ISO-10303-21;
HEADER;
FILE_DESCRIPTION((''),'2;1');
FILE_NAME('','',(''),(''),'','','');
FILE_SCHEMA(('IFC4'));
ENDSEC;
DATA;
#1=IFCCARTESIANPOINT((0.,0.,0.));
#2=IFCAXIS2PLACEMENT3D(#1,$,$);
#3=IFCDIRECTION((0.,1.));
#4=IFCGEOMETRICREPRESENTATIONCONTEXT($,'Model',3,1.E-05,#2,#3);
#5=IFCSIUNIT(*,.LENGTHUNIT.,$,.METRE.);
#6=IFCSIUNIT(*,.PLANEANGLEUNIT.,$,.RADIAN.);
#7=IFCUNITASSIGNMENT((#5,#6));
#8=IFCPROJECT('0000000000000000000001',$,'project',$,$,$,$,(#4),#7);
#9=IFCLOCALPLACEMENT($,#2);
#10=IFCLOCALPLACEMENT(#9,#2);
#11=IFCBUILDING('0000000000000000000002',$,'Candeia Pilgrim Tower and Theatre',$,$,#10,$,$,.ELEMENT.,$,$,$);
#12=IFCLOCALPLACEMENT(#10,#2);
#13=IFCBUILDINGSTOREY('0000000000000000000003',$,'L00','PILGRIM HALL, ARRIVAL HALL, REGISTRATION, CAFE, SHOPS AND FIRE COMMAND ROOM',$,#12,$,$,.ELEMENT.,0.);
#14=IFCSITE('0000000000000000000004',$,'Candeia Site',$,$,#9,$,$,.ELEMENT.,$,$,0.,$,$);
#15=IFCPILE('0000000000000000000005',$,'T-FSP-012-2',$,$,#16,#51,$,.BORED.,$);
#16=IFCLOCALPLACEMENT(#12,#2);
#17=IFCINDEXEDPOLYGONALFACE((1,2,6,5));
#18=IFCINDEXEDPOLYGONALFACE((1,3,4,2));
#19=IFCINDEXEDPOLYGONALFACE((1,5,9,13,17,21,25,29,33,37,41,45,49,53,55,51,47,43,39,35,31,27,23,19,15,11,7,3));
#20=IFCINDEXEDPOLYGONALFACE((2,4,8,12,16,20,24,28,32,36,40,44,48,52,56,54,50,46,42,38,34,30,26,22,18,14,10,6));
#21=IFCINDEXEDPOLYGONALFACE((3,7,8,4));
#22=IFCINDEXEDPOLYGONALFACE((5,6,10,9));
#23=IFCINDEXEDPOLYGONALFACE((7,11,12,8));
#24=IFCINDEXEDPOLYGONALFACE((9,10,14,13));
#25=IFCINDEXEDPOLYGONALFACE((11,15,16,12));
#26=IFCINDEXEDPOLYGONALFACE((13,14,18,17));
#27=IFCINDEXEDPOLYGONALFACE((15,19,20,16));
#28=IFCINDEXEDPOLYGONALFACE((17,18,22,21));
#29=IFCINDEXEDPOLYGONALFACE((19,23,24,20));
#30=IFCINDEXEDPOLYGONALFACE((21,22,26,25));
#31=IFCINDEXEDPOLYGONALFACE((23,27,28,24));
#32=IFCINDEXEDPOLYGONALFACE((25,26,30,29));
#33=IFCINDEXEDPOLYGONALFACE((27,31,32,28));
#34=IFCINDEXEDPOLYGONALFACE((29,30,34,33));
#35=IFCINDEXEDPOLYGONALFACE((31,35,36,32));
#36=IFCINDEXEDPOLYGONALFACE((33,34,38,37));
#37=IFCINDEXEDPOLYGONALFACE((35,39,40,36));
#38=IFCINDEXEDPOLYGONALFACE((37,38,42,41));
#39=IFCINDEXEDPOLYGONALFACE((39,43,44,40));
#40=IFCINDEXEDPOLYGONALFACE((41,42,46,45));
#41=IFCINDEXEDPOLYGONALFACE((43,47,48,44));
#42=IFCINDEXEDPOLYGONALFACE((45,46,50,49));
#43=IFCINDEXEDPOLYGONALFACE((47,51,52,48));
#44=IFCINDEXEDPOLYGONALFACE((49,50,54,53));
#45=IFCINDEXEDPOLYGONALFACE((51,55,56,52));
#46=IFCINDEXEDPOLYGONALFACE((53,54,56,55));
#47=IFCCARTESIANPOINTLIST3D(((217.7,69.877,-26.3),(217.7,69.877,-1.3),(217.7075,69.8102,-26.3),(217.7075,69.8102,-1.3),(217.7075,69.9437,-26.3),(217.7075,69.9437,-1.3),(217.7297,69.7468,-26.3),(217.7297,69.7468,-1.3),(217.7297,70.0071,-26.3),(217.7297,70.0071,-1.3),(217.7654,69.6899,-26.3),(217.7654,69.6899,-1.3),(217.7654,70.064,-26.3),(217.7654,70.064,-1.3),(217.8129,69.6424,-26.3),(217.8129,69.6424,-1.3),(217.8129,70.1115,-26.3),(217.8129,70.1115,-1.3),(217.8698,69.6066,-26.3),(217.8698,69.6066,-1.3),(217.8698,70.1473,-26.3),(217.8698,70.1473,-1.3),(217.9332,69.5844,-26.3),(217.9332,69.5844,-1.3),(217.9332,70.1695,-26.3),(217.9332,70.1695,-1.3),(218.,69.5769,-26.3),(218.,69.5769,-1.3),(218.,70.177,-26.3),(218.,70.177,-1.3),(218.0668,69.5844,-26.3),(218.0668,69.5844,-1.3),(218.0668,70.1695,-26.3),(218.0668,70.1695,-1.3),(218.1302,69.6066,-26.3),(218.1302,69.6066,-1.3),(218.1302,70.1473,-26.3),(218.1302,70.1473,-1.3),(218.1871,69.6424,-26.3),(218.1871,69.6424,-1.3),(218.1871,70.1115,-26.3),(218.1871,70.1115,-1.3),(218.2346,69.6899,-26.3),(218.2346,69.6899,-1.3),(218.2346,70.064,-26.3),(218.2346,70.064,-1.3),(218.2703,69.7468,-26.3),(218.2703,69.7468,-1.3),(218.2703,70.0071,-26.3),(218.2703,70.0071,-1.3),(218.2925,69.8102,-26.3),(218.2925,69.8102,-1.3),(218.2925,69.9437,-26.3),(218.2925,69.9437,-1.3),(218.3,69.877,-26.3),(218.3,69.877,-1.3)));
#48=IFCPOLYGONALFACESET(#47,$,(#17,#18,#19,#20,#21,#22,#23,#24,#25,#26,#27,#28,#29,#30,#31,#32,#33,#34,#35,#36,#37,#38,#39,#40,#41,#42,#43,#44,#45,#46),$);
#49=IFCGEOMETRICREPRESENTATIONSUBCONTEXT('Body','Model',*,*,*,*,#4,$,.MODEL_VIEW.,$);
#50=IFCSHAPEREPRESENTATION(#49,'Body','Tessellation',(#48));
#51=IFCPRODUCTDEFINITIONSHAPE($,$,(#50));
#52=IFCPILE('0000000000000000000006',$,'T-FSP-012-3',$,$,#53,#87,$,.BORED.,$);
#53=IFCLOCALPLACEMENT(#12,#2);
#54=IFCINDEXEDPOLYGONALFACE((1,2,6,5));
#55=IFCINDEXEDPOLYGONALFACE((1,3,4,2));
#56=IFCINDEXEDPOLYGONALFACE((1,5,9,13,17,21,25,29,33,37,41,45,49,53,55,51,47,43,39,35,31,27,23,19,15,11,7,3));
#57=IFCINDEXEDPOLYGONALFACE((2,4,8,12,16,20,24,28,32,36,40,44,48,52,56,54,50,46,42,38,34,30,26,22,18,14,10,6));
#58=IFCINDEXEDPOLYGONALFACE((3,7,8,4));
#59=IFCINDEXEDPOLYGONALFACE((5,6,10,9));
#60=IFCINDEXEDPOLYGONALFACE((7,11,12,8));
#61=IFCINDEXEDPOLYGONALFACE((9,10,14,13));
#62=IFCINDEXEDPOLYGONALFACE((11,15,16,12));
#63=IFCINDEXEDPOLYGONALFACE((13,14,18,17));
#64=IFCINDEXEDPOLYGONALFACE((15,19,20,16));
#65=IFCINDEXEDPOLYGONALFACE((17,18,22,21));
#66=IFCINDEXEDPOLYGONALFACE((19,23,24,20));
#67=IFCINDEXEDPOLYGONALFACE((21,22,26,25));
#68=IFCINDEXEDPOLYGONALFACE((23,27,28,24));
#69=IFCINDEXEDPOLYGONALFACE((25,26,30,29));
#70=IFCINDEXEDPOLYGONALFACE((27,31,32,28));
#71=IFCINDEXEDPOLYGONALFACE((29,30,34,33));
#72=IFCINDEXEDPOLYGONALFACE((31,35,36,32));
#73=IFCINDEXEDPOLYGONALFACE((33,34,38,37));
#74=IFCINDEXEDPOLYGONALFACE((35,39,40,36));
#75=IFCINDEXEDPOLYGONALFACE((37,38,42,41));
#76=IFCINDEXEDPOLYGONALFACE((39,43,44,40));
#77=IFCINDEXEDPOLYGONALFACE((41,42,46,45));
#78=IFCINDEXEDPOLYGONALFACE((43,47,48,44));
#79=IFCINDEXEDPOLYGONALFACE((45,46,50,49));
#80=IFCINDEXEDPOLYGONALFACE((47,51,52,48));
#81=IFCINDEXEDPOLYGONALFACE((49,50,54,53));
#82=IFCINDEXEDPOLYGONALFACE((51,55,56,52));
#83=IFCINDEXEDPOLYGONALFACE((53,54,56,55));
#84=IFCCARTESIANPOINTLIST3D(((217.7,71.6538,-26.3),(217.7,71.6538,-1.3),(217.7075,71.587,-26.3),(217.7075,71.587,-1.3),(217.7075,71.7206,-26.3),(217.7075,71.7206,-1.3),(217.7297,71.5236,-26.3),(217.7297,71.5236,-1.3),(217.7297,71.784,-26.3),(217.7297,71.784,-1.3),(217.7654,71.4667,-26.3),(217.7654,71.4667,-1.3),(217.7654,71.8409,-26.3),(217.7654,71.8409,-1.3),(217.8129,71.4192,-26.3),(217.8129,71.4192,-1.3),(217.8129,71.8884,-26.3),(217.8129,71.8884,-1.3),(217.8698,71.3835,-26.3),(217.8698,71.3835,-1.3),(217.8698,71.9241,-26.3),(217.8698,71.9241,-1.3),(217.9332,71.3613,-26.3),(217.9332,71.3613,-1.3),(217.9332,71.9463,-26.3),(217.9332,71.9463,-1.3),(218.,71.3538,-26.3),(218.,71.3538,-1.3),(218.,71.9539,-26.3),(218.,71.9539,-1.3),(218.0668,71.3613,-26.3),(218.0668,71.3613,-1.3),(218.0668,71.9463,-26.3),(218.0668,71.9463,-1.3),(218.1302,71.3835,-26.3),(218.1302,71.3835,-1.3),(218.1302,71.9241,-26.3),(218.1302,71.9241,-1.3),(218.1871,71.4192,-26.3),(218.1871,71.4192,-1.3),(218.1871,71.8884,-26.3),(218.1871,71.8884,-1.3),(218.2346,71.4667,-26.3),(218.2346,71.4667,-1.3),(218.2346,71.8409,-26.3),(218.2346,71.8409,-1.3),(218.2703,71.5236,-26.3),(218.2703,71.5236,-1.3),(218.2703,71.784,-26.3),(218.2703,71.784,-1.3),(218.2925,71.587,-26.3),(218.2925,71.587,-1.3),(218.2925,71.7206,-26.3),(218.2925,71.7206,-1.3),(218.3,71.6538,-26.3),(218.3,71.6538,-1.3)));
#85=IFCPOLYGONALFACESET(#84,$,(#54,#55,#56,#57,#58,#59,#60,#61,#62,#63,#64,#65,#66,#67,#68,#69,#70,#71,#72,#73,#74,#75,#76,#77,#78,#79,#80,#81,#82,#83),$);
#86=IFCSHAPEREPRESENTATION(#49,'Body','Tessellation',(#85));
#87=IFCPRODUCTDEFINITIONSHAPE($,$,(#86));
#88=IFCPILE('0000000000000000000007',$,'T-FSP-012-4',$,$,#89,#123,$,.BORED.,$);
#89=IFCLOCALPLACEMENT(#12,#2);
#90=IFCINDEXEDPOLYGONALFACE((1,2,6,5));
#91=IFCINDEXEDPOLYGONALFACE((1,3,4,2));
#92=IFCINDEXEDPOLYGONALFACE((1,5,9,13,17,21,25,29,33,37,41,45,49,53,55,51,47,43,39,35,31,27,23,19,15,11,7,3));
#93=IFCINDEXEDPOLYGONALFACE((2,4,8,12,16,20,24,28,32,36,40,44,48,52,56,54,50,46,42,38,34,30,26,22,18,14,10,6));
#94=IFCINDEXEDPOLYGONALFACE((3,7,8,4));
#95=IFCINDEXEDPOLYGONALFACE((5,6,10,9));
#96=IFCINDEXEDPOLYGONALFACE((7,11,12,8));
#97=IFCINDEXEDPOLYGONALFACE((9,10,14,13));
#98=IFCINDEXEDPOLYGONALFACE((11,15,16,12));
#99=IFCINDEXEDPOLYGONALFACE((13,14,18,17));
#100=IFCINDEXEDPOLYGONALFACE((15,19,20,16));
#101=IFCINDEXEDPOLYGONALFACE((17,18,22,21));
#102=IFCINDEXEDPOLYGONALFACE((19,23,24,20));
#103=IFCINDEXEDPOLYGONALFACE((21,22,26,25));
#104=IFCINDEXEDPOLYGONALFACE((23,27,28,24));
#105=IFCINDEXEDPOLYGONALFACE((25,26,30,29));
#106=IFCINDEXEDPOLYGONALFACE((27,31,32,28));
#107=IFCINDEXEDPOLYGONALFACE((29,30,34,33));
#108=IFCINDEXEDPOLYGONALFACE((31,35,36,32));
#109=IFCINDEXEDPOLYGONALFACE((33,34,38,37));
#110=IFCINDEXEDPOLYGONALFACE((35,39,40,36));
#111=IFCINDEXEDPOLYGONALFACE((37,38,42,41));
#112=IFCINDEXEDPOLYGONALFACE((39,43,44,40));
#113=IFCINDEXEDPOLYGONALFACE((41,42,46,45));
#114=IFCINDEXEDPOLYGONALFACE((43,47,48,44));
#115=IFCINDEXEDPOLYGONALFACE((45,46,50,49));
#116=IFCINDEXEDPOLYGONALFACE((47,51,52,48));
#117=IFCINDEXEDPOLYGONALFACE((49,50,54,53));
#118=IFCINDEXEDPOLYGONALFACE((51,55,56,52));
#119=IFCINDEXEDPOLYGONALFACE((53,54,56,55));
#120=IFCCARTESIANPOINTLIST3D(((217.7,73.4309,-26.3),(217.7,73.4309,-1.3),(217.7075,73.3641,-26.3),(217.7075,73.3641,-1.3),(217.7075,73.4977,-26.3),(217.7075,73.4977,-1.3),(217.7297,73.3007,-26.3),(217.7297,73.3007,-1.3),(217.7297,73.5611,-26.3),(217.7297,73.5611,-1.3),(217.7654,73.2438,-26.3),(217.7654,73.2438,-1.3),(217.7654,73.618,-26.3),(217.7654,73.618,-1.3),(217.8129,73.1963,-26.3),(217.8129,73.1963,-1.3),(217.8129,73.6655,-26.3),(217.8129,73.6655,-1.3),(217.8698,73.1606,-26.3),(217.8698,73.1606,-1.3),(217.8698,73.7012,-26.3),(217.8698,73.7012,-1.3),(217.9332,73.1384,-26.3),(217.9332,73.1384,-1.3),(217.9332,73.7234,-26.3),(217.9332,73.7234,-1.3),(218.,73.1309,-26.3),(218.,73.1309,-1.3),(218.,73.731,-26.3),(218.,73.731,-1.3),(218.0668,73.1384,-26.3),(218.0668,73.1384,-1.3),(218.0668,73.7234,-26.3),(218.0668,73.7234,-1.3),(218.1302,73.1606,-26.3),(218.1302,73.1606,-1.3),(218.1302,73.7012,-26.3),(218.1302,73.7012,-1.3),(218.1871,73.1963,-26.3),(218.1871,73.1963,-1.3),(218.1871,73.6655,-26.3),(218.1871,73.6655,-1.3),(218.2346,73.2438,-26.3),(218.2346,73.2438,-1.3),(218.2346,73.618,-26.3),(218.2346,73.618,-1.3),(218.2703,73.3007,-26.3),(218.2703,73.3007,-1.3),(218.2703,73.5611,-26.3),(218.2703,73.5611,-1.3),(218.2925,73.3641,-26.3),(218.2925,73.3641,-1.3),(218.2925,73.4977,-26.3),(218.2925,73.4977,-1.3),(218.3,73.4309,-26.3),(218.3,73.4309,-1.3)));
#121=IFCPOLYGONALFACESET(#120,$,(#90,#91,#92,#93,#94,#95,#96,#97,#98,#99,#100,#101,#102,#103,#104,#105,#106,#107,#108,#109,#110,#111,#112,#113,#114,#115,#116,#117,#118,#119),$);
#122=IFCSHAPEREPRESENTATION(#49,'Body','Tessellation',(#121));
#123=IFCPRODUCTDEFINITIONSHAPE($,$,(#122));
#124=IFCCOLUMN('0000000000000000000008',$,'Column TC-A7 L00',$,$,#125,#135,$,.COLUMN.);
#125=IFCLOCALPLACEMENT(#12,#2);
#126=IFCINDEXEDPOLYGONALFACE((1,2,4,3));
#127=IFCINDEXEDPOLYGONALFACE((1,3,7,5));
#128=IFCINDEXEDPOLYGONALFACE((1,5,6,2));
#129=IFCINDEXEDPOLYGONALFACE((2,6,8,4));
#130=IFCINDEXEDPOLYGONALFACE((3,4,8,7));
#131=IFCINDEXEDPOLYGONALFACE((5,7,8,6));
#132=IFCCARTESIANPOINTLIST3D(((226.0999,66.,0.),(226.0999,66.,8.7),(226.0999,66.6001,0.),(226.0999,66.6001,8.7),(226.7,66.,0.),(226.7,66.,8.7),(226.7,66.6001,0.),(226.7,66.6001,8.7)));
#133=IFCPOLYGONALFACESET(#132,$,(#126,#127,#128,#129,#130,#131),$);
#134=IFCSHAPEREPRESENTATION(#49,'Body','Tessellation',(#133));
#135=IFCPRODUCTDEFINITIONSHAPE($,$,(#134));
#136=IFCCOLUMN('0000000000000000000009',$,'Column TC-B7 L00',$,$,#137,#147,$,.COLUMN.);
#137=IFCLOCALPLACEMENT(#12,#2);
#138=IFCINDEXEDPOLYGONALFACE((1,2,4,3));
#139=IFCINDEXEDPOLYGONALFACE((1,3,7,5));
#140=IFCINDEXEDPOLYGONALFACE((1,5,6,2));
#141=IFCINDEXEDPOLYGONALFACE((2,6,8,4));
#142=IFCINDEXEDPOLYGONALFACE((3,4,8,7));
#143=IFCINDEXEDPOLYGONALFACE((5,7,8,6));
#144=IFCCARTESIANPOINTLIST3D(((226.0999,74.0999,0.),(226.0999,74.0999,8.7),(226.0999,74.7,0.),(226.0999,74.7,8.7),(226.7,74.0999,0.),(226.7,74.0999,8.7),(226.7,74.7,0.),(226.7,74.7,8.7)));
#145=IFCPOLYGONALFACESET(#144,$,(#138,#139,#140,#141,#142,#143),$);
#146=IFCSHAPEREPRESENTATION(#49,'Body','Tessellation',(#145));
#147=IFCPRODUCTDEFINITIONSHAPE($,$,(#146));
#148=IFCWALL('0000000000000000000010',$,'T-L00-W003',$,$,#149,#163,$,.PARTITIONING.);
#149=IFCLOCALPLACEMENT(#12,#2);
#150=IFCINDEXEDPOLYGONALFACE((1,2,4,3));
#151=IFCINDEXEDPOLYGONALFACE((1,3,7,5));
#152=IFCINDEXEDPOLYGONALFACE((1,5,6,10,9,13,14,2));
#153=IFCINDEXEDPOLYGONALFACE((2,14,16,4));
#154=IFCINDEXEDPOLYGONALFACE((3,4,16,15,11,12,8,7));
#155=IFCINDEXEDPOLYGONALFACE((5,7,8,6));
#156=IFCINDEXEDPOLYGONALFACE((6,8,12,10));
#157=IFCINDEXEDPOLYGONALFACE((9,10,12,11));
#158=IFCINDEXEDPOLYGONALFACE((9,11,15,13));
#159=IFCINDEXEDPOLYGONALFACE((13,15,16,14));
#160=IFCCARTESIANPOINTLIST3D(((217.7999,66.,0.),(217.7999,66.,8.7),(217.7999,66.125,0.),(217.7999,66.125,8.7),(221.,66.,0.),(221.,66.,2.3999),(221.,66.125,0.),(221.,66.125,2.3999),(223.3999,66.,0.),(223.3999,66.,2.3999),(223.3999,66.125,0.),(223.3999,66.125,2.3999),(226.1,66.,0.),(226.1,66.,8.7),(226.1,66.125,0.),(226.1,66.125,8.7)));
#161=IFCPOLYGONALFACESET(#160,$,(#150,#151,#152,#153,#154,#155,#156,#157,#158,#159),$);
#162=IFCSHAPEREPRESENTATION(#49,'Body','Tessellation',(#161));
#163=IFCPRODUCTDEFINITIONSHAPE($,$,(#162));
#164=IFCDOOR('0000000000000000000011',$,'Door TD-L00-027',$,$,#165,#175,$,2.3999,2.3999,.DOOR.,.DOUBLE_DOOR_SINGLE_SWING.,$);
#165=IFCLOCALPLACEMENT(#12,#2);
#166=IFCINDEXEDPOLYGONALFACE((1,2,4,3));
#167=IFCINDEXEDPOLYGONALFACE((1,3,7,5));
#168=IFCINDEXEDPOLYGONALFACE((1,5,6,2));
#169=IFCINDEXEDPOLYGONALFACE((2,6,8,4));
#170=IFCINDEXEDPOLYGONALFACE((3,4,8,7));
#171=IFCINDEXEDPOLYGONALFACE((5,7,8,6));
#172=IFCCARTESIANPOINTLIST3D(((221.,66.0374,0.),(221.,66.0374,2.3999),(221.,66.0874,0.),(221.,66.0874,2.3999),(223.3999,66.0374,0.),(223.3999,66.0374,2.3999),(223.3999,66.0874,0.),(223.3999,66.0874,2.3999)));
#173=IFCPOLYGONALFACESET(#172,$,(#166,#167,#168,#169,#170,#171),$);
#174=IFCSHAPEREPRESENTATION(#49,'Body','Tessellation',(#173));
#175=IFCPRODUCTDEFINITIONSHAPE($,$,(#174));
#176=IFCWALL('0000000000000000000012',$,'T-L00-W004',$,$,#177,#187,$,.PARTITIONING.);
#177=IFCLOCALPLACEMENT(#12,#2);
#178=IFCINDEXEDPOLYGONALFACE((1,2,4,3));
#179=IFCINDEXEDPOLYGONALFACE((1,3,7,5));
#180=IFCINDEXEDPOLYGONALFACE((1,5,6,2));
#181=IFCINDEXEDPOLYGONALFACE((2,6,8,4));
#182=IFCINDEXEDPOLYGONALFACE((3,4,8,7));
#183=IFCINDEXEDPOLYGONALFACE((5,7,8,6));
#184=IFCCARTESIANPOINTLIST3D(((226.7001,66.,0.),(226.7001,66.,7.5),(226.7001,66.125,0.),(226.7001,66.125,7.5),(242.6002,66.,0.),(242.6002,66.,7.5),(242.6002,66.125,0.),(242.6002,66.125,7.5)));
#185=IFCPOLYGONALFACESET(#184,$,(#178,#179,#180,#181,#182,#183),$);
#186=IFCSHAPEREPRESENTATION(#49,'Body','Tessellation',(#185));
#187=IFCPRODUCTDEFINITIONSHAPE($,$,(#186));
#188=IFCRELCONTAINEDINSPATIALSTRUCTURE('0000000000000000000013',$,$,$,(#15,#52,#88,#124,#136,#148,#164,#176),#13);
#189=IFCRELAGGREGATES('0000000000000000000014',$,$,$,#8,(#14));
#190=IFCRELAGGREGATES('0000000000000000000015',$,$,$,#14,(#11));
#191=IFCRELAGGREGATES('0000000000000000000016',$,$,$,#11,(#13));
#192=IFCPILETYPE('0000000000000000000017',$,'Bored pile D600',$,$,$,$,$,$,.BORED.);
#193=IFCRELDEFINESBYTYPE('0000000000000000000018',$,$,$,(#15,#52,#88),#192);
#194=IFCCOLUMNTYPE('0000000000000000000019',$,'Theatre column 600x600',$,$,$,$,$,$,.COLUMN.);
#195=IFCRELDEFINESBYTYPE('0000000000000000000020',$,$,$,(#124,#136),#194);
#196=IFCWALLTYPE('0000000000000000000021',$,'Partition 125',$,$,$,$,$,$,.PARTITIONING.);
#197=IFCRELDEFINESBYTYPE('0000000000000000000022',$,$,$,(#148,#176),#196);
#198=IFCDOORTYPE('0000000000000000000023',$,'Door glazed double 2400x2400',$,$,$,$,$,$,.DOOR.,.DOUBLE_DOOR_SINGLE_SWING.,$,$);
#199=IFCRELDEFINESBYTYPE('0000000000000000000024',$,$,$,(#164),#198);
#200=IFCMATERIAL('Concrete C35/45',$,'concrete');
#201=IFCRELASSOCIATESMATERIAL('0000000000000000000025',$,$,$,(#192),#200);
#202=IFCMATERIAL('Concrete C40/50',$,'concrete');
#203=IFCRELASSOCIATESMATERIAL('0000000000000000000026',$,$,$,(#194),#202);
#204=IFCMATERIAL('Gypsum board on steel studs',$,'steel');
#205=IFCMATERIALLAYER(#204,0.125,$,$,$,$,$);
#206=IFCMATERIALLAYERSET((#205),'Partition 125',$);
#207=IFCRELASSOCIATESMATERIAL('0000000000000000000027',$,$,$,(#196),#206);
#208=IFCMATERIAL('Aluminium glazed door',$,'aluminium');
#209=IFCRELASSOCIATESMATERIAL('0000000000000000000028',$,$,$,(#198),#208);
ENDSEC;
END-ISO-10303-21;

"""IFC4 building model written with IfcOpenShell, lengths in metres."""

from ifc_helpers import new_model, si_unit, direction, frame, frame_2d, origin, origin_2d, place, context, subcontext, project, spatial, rectangle, circle, extrude, material, layer, layer_set, material_profile, profile_set, type_object, element, fill, save


model = new_model("IFC4")

# Units and contexts
model_context = context("Model", 3, precision=1e-05, world=origin(), true_north=direction((0.0, 1.0)))
body_context = subcontext(model_context, "Body", "Model", "MODEL_VIEW")
ifc_project = project(units=[si_unit("LENGTHUNIT", "METRE"), si_unit("PLANEANGLEUNIT", "RADIAN")], contexts=[model_context])

# Site, building, storey
site_placement = place(None, origin())
site = spatial("IfcSite", under=ifc_project, at=site_placement, Name="Candeia Site", CompositionType="ELEMENT", RefElevation=0.0)
building_placement = place(site_placement, origin())
building = spatial("IfcBuilding", under=site, at=building_placement, Name="Candeia Pilgrim Tower and Theatre", CompositionType="ELEMENT")
storey_placement = place(building_placement, origin())
storey = spatial("IfcBuildingStorey", under=building, at=storey_placement, Name="L00", Description="PILGRIM HALL, ARRIVAL HALL, REGISTRATION, CAFE, SHOPS AND FIRE COMMAND ROOM", CompositionType="ELEMENT", Elevation=0.0)

# Piles
ifc_material_1 = material(Name="Concrete C35/45", Category="concrete")
pile_type = type_object("IfcPileType", Name="Bored pile D600", PredefinedType="BORED", material=ifc_material_1)
for number, where, z_axis, x_axis, name in (
    (1, (218.0, 69.877, -1.3), (0.0, 0.0, -1.0), (1.0, 0.0, 0.0), "T-FSP-012-2"),
    (2, (218.0, 71.6538, -1.3), (0.0, 0.0, -1.0), (1.0, 0.0, 0.0), "T-FSP-012-3"),
    (3, (218.0, 73.4309, -1.3), (0.0, 0.0, -1.0), (1.0, 0.0, 0.0), "T-FSP-012-4"),
):
    element("IfcPile", number, at=place(storey_placement, frame(where, z_axis=z_axis, x_axis=x_axis)), inside=storey, type_object=pile_type, Name=name, PredefinedType="BORED", context=body_context, shape_type="SweptSolid", body=[
        extrude(circle(Radius=0.3, at=origin_2d()), origin(), (0.0, 0.0, 1.0), 25.0),
    ])

# Columns
ifc_material_2 = material(Name="Concrete C40/50", Category="concrete")
ifc_material_profile = material_profile(ifc_material_2, rectangle(XDim=0.6001, YDim=0.6001, at=origin_2d()))
ifc_profile_set = profile_set([ifc_material_profile], Name="Concrete C40/50")
column_type = type_object("IfcColumnType", Name="Theatre column 600x600", PredefinedType="COLUMN", material=ifc_profile_set)
for number, where, z_axis, x_axis, name in (
    (4, (226.3999, 66.3, 0.0), (0.0, 0.0, 1.0), (1.0, 0.0, 0.0), "Column TC-A7 L00"),
    (5, (226.3999, 74.3999, 0.0), (0.0, 0.0, 1.0), (1.0, 0.0, 0.0), "Column TC-B7 L00"),
):
    element("IfcColumn", number, at=place(storey_placement, frame(where, z_axis=z_axis, x_axis=x_axis)), inside=storey, type_object=column_type, Name=name, PredefinedType="COLUMN", context=body_context, shape_type="SweptSolid", body=[
        extrude(rectangle(XDim=0.6001, YDim=0.6001, at=origin_2d()), origin(), (0.0, 0.0, 1.0), 8.7),
    ])

# Wall, opening, door
ifc_material_3 = material(Name="Gypsum board on steel studs", Category="steel")
ifc_layer_1 = layer(ifc_material_3, 0.125)
ifc_layer_set_1 = layer_set([ifc_layer_1], Name="Partition 125")
wall_type_1 = type_object("IfcWallType", Name="Partition 125", PredefinedType="PARTITIONING", material=ifc_layer_set_1)
wall_1_placement = place(storey_placement, frame((217.8, 66.0625, 0.0), z_axis=(0.0, 0.0, 1.0), x_axis=(1.0, 0.0, 0.0)))
wall_1 = element("IfcWall", 6, at=wall_1_placement, inside=storey, type_object=wall_type_1, Name="T-L00-W003", PredefinedType="PARTITIONING", context=body_context, shape_type="SweptSolid", body=[
    extrude(rectangle(XDim=8.3, YDim=0.125, at=frame_2d((4.1499, 0.0))), origin(), (0.0, 0.0, 1.0), 8.7),
])
opening_1_placement = place(wall_1_placement, frame((3.2, 0.0, 0.0)))
opening_1 = element("IfcOpeningElement", 7, at=opening_1_placement, cuts=wall_1, PredefinedType="OPENING", context=body_context, shape_type="SweptSolid", body=[
    extrude(rectangle(XDim=2.3999, YDim=2.3999, at=frame_2d((1.2, 1.2))), frame((0.0, 0.0725, 0.0), z_axis=(0.0, -1.0, 0.0), x_axis=(1.0, 0.0, 0.0)), (0.0, 0.0, 1.0), 0.145),
])
ifc_material_4 = material(Name="Aluminium glazed door", Category="aluminium")
door_type_1 = type_object("IfcDoorType", Name="Door glazed double 2400x2400", OperationType="DOUBLE_DOOR_SINGLE_SWING", PredefinedType="DOOR", material=ifc_material_4)
door_1_placement = place(opening_1_placement, origin())
door_1 = element("IfcDoor", 8, at=door_1_placement, inside=storey, type_object=door_type_1, Name="Door TD-L00-027", OperationType="DOUBLE_DOOR_SINGLE_SWING", OverallHeight=2.3999, OverallWidth=2.3999, PredefinedType="DOOR", context=body_context, shape_type="SweptSolid", body=[
    extrude(rectangle(XDim=2.3999, YDim=2.3999, at=frame_2d((1.2, 1.2))), frame((0.0, 0.0249, 0.0), z_axis=(0.0, -1.0, 0.0), x_axis=(1.0, 0.0, 0.0)), (0.0, 0.0, 1.0), 0.05),
])
fill(opening_1, door_1)

# Wall
wall_2_placement = place(storey_placement, frame((226.7, 66.0625, 0.0), z_axis=(0.0, 0.0, 1.0), x_axis=(1.0, 0.0, 0.0)))
element("IfcWall", 9, at=wall_2_placement, inside=storey, type_object=wall_type_1, Name="T-L00-W004", PredefinedType="PARTITIONING", context=body_context, shape_type="SweptSolid", body=[
    extrude(rectangle(XDim=15.9001, YDim=0.125, at=frame_2d((7.9502, 0.0))), origin(), (0.0, 0.0, 1.0), 7.5),
])

save(model, "model.ifc")
